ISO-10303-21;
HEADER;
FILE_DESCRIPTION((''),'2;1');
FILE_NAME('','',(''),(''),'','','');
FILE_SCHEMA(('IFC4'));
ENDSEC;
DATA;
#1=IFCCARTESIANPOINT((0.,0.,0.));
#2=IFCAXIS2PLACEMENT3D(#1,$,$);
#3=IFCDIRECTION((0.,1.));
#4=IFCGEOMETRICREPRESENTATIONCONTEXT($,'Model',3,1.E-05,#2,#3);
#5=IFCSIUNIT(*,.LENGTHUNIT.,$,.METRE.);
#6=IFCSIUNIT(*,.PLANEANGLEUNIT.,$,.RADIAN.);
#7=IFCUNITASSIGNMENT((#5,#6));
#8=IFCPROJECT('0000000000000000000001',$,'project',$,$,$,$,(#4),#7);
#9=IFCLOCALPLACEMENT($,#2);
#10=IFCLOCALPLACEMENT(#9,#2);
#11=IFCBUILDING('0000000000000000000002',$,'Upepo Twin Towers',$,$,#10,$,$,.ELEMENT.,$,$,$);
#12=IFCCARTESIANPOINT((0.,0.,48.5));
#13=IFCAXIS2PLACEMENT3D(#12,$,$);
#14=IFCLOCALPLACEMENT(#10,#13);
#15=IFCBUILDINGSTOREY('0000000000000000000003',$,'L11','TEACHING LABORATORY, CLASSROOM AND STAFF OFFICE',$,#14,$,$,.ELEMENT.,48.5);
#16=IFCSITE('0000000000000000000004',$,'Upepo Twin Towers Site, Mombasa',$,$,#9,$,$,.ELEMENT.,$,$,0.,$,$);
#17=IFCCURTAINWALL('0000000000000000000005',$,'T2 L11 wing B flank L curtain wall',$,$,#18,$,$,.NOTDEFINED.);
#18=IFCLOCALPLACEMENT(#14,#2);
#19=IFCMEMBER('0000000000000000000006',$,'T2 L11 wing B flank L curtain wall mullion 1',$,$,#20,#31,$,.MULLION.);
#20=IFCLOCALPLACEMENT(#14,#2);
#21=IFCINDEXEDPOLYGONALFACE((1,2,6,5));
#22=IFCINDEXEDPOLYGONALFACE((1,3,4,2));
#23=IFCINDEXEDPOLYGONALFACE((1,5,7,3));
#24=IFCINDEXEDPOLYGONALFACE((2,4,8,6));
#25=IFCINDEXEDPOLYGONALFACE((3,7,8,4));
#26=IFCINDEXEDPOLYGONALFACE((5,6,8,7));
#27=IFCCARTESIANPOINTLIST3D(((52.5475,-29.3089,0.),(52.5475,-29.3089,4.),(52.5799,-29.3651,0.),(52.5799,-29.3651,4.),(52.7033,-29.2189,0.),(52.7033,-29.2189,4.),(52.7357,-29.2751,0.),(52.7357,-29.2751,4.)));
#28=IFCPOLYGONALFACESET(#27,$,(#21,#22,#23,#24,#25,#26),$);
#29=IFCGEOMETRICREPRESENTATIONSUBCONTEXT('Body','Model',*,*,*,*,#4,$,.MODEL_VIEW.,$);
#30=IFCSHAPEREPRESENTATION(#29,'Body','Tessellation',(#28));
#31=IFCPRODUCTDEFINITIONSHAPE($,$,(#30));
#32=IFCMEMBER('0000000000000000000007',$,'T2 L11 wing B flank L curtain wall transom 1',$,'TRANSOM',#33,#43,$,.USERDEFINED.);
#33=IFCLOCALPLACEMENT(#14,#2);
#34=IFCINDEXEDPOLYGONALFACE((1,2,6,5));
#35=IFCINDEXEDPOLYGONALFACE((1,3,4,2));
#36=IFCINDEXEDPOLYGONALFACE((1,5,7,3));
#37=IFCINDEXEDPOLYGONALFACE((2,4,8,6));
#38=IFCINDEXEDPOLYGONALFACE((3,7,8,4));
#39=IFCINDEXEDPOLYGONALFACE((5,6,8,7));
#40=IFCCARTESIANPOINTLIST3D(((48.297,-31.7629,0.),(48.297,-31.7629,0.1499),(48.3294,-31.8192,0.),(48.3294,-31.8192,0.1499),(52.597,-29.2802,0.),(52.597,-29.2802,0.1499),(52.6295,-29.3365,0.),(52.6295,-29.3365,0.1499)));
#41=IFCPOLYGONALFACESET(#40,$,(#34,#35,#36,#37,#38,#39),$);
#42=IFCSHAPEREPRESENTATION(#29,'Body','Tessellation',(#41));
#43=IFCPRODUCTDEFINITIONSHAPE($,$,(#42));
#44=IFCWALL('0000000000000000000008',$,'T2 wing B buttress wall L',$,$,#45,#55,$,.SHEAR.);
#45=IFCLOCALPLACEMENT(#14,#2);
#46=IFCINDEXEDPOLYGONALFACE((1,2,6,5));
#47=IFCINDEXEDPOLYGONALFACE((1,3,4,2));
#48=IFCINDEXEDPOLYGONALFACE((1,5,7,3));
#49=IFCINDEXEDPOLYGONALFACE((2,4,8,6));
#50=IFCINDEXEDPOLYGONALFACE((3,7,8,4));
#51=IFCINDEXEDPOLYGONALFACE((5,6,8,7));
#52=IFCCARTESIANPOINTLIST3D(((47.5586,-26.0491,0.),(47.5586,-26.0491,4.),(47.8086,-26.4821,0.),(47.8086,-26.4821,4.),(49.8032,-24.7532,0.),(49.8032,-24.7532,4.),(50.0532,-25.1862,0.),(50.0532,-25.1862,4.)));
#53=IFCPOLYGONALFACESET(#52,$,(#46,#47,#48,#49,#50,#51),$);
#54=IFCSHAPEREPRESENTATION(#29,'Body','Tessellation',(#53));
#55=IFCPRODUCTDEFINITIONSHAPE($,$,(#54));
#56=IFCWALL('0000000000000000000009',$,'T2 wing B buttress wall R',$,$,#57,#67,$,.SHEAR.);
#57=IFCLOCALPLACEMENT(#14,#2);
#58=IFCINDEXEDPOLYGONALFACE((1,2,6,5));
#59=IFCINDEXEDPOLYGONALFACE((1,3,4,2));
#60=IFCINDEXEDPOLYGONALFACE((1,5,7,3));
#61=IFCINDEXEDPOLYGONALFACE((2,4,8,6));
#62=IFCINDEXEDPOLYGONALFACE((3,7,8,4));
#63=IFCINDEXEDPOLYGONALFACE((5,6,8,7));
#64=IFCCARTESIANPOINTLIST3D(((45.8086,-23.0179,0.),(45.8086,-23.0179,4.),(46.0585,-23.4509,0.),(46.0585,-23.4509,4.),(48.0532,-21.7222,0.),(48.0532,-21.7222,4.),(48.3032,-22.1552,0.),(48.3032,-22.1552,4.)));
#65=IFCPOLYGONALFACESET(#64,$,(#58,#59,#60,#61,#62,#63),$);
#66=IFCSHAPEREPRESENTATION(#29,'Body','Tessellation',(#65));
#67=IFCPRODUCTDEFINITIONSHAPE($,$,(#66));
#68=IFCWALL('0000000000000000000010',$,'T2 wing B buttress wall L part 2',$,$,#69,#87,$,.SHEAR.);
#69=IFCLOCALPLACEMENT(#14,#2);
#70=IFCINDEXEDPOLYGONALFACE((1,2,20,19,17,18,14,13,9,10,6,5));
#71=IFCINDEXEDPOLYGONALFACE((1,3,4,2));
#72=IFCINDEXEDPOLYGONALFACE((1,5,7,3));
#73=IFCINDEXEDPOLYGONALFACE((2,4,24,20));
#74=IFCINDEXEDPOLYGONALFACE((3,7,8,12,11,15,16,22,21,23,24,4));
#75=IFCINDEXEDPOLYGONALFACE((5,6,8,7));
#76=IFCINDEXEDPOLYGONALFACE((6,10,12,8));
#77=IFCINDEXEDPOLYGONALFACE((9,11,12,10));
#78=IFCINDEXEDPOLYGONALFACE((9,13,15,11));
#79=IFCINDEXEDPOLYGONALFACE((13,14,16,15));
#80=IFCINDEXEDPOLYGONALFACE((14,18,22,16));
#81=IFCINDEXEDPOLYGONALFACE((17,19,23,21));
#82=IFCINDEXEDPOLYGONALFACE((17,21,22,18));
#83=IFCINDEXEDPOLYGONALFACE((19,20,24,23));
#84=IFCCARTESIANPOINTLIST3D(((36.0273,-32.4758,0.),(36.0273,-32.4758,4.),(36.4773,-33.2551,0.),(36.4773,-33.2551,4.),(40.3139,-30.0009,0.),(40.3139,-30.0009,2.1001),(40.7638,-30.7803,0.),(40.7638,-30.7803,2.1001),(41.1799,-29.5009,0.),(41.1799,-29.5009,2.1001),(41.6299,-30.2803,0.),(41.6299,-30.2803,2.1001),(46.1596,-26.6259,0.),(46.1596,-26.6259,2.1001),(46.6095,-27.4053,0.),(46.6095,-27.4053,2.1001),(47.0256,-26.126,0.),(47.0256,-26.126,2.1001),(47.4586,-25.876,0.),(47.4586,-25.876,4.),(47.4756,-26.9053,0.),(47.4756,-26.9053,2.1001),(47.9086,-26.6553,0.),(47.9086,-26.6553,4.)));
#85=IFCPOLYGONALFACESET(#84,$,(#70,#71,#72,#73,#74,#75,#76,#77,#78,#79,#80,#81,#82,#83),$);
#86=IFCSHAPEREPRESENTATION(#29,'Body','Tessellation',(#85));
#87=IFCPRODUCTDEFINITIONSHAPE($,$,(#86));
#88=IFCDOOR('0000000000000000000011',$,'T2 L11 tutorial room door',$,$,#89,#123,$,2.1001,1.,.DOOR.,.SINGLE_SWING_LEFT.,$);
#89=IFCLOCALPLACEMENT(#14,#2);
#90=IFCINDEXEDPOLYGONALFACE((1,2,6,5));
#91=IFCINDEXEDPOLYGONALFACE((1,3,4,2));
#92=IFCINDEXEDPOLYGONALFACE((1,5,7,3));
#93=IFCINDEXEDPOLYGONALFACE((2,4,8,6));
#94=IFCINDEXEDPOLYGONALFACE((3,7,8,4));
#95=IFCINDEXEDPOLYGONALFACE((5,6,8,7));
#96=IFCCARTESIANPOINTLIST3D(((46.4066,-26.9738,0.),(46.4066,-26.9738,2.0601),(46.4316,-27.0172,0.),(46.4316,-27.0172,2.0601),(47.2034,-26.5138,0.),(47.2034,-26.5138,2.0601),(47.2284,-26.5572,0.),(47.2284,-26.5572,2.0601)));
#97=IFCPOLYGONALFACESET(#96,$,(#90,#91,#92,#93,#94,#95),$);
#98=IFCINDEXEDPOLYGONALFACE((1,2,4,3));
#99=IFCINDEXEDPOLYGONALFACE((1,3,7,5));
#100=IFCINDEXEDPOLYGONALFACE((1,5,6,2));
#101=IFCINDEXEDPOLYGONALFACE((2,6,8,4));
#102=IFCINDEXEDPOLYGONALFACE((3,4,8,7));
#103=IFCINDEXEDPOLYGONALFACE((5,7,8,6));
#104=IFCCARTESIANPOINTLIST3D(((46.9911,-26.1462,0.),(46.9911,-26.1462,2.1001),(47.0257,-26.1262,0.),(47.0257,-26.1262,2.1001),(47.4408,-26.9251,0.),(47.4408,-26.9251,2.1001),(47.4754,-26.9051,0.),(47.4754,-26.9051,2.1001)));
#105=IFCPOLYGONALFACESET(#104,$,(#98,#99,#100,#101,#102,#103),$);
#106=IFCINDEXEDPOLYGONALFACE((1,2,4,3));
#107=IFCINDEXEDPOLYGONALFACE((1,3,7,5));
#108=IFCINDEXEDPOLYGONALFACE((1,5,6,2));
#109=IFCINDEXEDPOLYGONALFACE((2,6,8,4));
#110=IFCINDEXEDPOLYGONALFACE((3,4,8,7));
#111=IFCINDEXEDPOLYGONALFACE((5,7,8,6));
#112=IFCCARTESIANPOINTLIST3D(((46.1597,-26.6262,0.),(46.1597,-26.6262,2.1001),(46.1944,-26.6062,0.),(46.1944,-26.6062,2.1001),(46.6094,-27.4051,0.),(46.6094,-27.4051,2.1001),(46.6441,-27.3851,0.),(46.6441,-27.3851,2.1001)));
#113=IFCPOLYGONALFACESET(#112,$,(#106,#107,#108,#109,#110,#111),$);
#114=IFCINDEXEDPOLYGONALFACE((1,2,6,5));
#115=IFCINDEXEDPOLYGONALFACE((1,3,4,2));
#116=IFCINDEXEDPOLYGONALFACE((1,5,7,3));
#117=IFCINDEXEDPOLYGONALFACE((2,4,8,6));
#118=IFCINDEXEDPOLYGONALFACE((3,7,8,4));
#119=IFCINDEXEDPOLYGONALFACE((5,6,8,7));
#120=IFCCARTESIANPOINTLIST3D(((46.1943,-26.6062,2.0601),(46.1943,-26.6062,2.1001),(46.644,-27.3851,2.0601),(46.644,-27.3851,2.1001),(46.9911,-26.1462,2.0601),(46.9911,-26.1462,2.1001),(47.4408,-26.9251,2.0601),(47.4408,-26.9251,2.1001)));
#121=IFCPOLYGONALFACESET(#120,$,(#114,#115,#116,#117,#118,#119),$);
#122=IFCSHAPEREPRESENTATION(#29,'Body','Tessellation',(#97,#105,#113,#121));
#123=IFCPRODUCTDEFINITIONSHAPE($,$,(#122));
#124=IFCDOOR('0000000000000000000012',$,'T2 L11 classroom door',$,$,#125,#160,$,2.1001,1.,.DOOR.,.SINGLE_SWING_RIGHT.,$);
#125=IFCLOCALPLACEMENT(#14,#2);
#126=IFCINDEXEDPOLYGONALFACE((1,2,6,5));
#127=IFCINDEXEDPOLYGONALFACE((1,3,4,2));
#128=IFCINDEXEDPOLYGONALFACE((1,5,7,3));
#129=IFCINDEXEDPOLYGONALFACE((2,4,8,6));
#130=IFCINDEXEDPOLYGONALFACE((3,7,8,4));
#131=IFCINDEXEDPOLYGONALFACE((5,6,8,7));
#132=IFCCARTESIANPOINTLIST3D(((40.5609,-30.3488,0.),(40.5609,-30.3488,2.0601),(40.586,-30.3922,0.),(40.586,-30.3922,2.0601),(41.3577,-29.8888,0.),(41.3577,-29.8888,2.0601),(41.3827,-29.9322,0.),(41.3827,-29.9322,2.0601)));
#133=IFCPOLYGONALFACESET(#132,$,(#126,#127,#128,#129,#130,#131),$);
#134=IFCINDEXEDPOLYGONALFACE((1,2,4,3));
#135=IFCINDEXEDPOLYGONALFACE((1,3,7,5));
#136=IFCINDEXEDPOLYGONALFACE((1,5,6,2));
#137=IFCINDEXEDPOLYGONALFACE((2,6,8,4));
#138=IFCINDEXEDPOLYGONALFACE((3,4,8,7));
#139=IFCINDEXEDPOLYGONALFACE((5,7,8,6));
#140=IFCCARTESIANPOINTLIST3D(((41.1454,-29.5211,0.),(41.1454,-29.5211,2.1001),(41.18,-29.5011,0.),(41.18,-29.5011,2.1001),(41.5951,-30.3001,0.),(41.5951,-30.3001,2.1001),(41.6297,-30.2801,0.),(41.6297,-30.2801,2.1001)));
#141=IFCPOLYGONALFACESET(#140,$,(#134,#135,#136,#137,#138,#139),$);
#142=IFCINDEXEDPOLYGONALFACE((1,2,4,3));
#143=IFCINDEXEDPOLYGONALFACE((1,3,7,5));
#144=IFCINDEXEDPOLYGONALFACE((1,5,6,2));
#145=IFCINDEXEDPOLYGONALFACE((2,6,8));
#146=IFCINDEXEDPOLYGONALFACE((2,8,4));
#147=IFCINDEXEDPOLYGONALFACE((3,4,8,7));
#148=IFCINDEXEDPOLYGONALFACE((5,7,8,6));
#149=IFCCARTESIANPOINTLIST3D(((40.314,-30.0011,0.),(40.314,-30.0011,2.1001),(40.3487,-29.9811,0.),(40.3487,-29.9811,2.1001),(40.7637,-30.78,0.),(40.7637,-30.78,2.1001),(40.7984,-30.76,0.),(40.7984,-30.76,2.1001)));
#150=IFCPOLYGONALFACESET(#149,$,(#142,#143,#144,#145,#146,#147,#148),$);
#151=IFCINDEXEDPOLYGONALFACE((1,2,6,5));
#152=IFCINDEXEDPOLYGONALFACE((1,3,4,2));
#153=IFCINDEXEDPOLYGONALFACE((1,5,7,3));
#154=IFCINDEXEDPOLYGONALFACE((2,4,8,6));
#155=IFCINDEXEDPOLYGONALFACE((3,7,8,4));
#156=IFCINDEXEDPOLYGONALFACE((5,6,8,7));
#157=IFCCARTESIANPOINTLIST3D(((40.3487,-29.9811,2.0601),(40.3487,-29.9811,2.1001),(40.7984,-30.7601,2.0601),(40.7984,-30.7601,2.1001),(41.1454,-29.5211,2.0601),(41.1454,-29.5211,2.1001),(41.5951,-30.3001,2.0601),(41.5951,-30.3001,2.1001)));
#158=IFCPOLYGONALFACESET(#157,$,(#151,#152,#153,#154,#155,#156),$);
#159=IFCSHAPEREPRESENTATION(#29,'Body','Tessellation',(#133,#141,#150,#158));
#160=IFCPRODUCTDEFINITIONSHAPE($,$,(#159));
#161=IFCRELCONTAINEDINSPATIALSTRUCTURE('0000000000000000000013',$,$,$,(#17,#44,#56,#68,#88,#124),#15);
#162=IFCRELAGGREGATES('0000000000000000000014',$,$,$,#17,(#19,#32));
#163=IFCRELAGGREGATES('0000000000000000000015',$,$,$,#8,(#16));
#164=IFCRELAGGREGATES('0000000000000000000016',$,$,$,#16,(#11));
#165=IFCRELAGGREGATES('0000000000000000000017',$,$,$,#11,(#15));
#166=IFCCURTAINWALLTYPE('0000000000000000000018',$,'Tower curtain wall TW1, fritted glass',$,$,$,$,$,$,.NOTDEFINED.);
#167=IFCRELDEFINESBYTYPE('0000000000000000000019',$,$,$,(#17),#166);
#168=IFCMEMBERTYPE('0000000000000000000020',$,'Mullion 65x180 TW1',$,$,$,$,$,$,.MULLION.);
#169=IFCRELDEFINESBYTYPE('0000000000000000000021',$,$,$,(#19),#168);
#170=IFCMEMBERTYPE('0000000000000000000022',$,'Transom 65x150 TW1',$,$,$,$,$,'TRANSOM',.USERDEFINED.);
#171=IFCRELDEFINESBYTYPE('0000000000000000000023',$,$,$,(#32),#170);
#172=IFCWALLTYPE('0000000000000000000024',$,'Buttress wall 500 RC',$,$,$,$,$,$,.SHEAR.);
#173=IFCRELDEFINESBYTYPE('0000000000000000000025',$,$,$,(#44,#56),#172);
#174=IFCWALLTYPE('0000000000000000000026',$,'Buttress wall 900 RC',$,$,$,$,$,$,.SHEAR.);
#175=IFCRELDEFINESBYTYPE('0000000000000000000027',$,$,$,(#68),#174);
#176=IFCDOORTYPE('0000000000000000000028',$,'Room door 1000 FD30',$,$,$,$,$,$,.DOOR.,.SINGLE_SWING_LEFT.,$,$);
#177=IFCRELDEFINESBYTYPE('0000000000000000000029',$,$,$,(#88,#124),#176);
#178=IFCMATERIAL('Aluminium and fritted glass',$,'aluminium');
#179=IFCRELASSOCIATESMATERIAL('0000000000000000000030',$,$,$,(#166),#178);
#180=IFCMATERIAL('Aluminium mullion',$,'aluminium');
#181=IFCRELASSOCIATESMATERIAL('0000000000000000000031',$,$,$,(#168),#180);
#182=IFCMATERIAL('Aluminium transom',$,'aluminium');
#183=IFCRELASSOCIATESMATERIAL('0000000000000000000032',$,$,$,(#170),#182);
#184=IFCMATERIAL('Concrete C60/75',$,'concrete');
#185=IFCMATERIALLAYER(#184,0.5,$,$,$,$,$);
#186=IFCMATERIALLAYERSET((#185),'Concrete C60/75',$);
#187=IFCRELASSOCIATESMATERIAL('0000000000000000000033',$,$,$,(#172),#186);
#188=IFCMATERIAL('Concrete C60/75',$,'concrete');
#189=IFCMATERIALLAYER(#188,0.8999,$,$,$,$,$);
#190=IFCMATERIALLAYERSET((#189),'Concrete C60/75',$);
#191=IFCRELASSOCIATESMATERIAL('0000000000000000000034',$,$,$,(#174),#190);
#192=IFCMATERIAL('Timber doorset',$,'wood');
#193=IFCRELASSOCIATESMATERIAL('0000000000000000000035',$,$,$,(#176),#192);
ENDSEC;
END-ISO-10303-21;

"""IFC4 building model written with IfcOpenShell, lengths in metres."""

from ifc_helpers import new_model, si_unit, direction, frame, frame_2d, origin, origin_2d, place, context, subcontext, project, spatial, rectangle, extrude, material, layer, layer_set, material_profile, profile_set, type_object, element, fill, aggregate, save


model = new_model("IFC4")

# Units and contexts
model_context = context("Model", 3, precision=1e-05, world=origin(), true_north=direction((0.0, 1.0)))
body_context = subcontext(model_context, "Body", "Model", "MODEL_VIEW")
ifc_project = project(units=[si_unit("LENGTHUNIT", "METRE"), si_unit("PLANEANGLEUNIT", "RADIAN")], contexts=[model_context])

# Site, building, storey
site_placement = place(None, origin())
site = spatial("IfcSite", under=ifc_project, at=site_placement, Name="Upepo Twin Towers Site, Mombasa", CompositionType="ELEMENT", RefElevation=0.0)
building_placement = place(site_placement, origin())
building = spatial("IfcBuilding", under=site, at=building_placement, Name="Upepo Twin Towers", CompositionType="ELEMENT")
storey_placement = place(building_placement, frame((0.0, 0.0, 48.5)))
storey = spatial("IfcBuildingStorey", under=building, at=storey_placement, Name="L11", Description="TEACHING LABORATORY, CLASSROOM AND STAFF OFFICE", CompositionType="ELEMENT", Elevation=48.5)

# Curtain wall, members
ifc_material_1 = material(Name="Aluminium and fritted glass", Category="aluminium")
curtain_wall_type = type_object("IfcCurtainWallType", Name="Tower curtain wall TW1, fritted glass", PredefinedType="NOTDEFINED", material=ifc_material_1)
curtain_wall_placement = place(storey_placement, origin())
curtain_wall = element("IfcCurtainWall", 1, at=curtain_wall_placement, inside=storey, type_object=curtain_wall_type, Name="T2 L11 wing B flank L curtain wall", PredefinedType="NOTDEFINED")
ifc_material_2 = material(Name="Aluminium mullion", Category="aluminium")
ifc_material_profile_1 = material_profile(ifc_material_2, rectangle(XDim=0.0649, YDim=0.1799, at=origin_2d()), Name="MULLION 65x180")
ifc_profile_set_1 = profile_set([ifc_material_profile_1], Name="Aluminium mullion")
member_type_1 = type_object("IfcMemberType", Name="Mullion 65x180 TW1", PredefinedType="MULLION", material=ifc_profile_set_1)
member_1_placement = place(storey_placement, frame((52.6416, -29.292, 0.0), z_axis=(0.0, 0.0, 1.0), x_axis=(0.5, -0.866025, 0.0)))
member_1 = element("IfcMember", 2, at=member_1_placement, type_object=member_type_1, Name="T2 L11 wing B flank L curtain wall mullion 1", PredefinedType="MULLION", context=body_context, shape_type="SweptSolid", body=[
    extrude(rectangle(XDim=0.0649, YDim=0.1799, at=origin_2d()), origin(), (0.0, 0.0, 1.0), 4.0),
])
ifc_material_3 = material(Name="Aluminium transom", Category="aluminium")
ifc_material_profile_2 = material_profile(ifc_material_3, rectangle(XDim=0.0649, YDim=0.1499, at=origin_2d()), Name="TRANSOM 65x150")
ifc_profile_set_2 = profile_set([ifc_material_profile_2], Name="Aluminium transom")
member_type_2 = type_object("IfcMemberType", Name="Transom 65x150 TW1", ElementType="TRANSOM", PredefinedType="USERDEFINED", material=ifc_profile_set_2)
member_2_placement = place(storey_placement, frame((52.6133, -29.3083, 0.075), z_axis=(-0.866023, -0.500005, 0.0), x_axis=(0.500005, -0.866023, 0.0)))
member_2 = element("IfcMember", 3, at=member_2_placement, type_object=member_type_2, Name="T2 L11 wing B flank L curtain wall transom 1", ObjectType="TRANSOM", PredefinedType="USERDEFINED", context=body_context, shape_type="SweptSolid", body=[
    extrude(rectangle(XDim=0.0649, YDim=0.1499, at=origin_2d()), origin(), (0.0, 0.0, 1.0), 4.9653),
])
aggregate(curtain_wall, [member_1, member_2])

# Walls
ifc_material_4 = material(Name="Concrete C60/75", Category="concrete")
ifc_layer_1 = layer(ifc_material_4, 0.5)
ifc_layer_set_1 = layer_set([ifc_layer_1], Name="Concrete C60/75")
wall_type_1 = type_object("IfcWallType", Name="Buttress wall 500 RC", PredefinedType="SHEAR", material=ifc_layer_set_1)
for number, where, z_axis, x_axis, name in (
    (4, (49.9282, -24.9697, 0.0), (0.0, 0.0, 1.0), (-0.866032, -0.499989, 0.0), "T2 wing B buttress wall L"),
    (5, (48.1782, -21.9387, 0.0), (0.0, 0.0, 1.0), (-0.866073, -0.499918, 0.0), "T2 wing B buttress wall R"),
):
    element("IfcWall", number, at=place(storey_placement, frame(where, z_axis=z_axis, x_axis=x_axis)), inside=storey, type_object=wall_type_1, Name=name, PredefinedType="SHEAR", context=body_context, shape_type="SweptSolid", body=[
        extrude(rectangle(XDim=2.5918, YDim=0.5, at=frame_2d((1.2959, 0.0))), origin(), (0.0, 0.0, 1.0), 4.0),
    ])

# Wall, openings, doors
ifc_material_5 = material(Name="Concrete C60/75", Category="concrete")
ifc_layer_2 = layer(ifc_material_5, 0.8999)
ifc_layer_set_2 = layer_set([ifc_layer_2], Name="Concrete C60/75")
wall_type_2 = type_object("IfcWallType", Name="Buttress wall 900 RC", PredefinedType="SHEAR", material=ifc_layer_set_2)
wall_1_placement = place(storey_placement, frame((47.6836, -26.2656, 0.0), z_axis=(0.0, 0.0, 1.0), x_axis=(-0.866028, -0.499996, 0.0)))
wall_1 = element("IfcWall", 6, at=wall_1_placement, inside=storey, type_object=wall_type_2, Name="T2 wing B buttress wall L part 2", PredefinedType="SHEAR", context=body_context, shape_type="SweptSolid", body=[
    extrude(rectangle(XDim=13.1997, YDim=0.8999, at=frame_2d((6.5999, 0.0))), origin(), (0.0, 0.0, 1.0), 4.0),
])
opening_1_placement = place(wall_1_placement, frame((0.5, 0.0, 0.0)))
opening_1 = element("IfcOpeningElement", 7, at=opening_1_placement, cuts=wall_1, PredefinedType="OPENING", context=body_context, shape_type="SweptSolid", body=[
    extrude(rectangle(XDim=1.0, YDim=2.1001, at=frame_2d((0.5, 1.05))), frame((0.0, 0.46, 0.0), z_axis=(0.0, -1.0, 0.0), x_axis=(1.0, 0.0, 0.0)), (0.0, 0.0, 1.0), 0.9199),
])
opening_2_placement = place(wall_1_placement, frame((7.25, 0.0, 0.0)))
opening_2 = element("IfcOpeningElement", 8, at=opening_2_placement, cuts=wall_1, PredefinedType="OPENING", context=body_context, shape_type="SweptSolid", body=[
    extrude(rectangle(XDim=1.0, YDim=2.1001, at=frame_2d((0.5, 1.05))), frame((0.0, 0.46, 0.0), z_axis=(0.0, -1.0, 0.0), x_axis=(1.0, 0.0, 0.0)), (0.0, 0.0, 1.0), 0.9199),
])
ifc_material_6 = material(Name="Timber doorset", Category="wood")
door_type_1 = type_object("IfcDoorType", Name="Room door 1000 FD30", OperationType="SINGLE_SWING_LEFT", PredefinedType="DOOR", material=ifc_material_6)
door_1_placement = place(opening_1_placement, origin())
door_1 = element("IfcDoor", 9, at=door_1_placement, inside=storey, type_object=door_type_1, Name="T2 L11 tutorial room door", OperationType="SINGLE_SWING_LEFT", OverallHeight=2.1001, OverallWidth=1.0, PredefinedType="DOOR", context=body_context, shape_type="SweptSolid", body=[
    extrude(rectangle(XDim=0.92, YDim=2.0601, at=frame_2d((0.5, 1.03))), frame((0.0, 0.0249, 0.0), z_axis=(0.0, -1.0, 0.0), x_axis=(1.0, 0.0, 0.0)), (0.0, 0.0, 1.0), 0.05),
    extrude(rectangle(XDim=0.04, YDim=2.1001, at=frame_2d((0.02, 1.05))), frame((0.0, 0.4497, 0.0), z_axis=(0.0, -1.0, 0.0), x_axis=(1.0, 0.0, 0.0)), (0.0, 0.0, 1.0), 0.8994),
    extrude(rectangle(XDim=0.04, YDim=2.1001, at=frame_2d((0.98, 1.05))), frame((0.0, 0.4497, 0.0), z_axis=(0.0, -1.0, 0.0), x_axis=(1.0, 0.0, 0.0)), (0.0, 0.0, 1.0), 0.8994),
    extrude(rectangle(XDim=0.92, YDim=0.04, at=frame_2d((0.5, 2.0801))), frame((0.0, 0.4497, 0.0), z_axis=(0.0, -1.0, 0.0), x_axis=(1.0, 0.0, 0.0)), (0.0, 0.0, 1.0), 0.8994),
])
fill(opening_1, door_1)
door_2_placement = place(opening_2_placement, origin())
door_2 = element("IfcDoor", 10, at=door_2_placement, inside=storey, type_object=door_type_1, Name="T2 L11 classroom door", OperationType="SINGLE_SWING_RIGHT", OverallHeight=2.1001, OverallWidth=1.0, PredefinedType="DOOR", context=body_context, shape_type="SweptSolid", body=[
    extrude(rectangle(XDim=0.92, YDim=2.0601, at=frame_2d((0.5, 1.03))), frame((0.0, 0.0249, 0.0), z_axis=(0.0, -1.0, 0.0), x_axis=(1.0, 0.0, 0.0)), (0.0, 0.0, 1.0), 0.05),
    extrude(rectangle(XDim=0.04, YDim=2.1001, at=frame_2d((0.02, 1.05))), frame((0.0, 0.4497, 0.0), z_axis=(0.0, -1.0, 0.0), x_axis=(1.0, 0.0, 0.0)), (0.0, 0.0, 1.0), 0.8994),
    extrude(rectangle(XDim=0.04, YDim=2.1001, at=frame_2d((0.98, 1.05))), frame((0.0, 0.4497, 0.0), z_axis=(0.0, -1.0, 0.0), x_axis=(1.0, 0.0, 0.0)), (0.0, 0.0, 1.0), 0.8994),
    extrude(rectangle(XDim=0.92, YDim=0.04, at=frame_2d((0.5, 2.0801))), frame((0.0, 0.4497, 0.0), z_axis=(0.0, -1.0, 0.0), x_axis=(1.0, 0.0, 0.0)), (0.0, 0.0, 1.0), 0.8994),
])
fill(opening_2, door_2)

save(model, "model.ifc")
